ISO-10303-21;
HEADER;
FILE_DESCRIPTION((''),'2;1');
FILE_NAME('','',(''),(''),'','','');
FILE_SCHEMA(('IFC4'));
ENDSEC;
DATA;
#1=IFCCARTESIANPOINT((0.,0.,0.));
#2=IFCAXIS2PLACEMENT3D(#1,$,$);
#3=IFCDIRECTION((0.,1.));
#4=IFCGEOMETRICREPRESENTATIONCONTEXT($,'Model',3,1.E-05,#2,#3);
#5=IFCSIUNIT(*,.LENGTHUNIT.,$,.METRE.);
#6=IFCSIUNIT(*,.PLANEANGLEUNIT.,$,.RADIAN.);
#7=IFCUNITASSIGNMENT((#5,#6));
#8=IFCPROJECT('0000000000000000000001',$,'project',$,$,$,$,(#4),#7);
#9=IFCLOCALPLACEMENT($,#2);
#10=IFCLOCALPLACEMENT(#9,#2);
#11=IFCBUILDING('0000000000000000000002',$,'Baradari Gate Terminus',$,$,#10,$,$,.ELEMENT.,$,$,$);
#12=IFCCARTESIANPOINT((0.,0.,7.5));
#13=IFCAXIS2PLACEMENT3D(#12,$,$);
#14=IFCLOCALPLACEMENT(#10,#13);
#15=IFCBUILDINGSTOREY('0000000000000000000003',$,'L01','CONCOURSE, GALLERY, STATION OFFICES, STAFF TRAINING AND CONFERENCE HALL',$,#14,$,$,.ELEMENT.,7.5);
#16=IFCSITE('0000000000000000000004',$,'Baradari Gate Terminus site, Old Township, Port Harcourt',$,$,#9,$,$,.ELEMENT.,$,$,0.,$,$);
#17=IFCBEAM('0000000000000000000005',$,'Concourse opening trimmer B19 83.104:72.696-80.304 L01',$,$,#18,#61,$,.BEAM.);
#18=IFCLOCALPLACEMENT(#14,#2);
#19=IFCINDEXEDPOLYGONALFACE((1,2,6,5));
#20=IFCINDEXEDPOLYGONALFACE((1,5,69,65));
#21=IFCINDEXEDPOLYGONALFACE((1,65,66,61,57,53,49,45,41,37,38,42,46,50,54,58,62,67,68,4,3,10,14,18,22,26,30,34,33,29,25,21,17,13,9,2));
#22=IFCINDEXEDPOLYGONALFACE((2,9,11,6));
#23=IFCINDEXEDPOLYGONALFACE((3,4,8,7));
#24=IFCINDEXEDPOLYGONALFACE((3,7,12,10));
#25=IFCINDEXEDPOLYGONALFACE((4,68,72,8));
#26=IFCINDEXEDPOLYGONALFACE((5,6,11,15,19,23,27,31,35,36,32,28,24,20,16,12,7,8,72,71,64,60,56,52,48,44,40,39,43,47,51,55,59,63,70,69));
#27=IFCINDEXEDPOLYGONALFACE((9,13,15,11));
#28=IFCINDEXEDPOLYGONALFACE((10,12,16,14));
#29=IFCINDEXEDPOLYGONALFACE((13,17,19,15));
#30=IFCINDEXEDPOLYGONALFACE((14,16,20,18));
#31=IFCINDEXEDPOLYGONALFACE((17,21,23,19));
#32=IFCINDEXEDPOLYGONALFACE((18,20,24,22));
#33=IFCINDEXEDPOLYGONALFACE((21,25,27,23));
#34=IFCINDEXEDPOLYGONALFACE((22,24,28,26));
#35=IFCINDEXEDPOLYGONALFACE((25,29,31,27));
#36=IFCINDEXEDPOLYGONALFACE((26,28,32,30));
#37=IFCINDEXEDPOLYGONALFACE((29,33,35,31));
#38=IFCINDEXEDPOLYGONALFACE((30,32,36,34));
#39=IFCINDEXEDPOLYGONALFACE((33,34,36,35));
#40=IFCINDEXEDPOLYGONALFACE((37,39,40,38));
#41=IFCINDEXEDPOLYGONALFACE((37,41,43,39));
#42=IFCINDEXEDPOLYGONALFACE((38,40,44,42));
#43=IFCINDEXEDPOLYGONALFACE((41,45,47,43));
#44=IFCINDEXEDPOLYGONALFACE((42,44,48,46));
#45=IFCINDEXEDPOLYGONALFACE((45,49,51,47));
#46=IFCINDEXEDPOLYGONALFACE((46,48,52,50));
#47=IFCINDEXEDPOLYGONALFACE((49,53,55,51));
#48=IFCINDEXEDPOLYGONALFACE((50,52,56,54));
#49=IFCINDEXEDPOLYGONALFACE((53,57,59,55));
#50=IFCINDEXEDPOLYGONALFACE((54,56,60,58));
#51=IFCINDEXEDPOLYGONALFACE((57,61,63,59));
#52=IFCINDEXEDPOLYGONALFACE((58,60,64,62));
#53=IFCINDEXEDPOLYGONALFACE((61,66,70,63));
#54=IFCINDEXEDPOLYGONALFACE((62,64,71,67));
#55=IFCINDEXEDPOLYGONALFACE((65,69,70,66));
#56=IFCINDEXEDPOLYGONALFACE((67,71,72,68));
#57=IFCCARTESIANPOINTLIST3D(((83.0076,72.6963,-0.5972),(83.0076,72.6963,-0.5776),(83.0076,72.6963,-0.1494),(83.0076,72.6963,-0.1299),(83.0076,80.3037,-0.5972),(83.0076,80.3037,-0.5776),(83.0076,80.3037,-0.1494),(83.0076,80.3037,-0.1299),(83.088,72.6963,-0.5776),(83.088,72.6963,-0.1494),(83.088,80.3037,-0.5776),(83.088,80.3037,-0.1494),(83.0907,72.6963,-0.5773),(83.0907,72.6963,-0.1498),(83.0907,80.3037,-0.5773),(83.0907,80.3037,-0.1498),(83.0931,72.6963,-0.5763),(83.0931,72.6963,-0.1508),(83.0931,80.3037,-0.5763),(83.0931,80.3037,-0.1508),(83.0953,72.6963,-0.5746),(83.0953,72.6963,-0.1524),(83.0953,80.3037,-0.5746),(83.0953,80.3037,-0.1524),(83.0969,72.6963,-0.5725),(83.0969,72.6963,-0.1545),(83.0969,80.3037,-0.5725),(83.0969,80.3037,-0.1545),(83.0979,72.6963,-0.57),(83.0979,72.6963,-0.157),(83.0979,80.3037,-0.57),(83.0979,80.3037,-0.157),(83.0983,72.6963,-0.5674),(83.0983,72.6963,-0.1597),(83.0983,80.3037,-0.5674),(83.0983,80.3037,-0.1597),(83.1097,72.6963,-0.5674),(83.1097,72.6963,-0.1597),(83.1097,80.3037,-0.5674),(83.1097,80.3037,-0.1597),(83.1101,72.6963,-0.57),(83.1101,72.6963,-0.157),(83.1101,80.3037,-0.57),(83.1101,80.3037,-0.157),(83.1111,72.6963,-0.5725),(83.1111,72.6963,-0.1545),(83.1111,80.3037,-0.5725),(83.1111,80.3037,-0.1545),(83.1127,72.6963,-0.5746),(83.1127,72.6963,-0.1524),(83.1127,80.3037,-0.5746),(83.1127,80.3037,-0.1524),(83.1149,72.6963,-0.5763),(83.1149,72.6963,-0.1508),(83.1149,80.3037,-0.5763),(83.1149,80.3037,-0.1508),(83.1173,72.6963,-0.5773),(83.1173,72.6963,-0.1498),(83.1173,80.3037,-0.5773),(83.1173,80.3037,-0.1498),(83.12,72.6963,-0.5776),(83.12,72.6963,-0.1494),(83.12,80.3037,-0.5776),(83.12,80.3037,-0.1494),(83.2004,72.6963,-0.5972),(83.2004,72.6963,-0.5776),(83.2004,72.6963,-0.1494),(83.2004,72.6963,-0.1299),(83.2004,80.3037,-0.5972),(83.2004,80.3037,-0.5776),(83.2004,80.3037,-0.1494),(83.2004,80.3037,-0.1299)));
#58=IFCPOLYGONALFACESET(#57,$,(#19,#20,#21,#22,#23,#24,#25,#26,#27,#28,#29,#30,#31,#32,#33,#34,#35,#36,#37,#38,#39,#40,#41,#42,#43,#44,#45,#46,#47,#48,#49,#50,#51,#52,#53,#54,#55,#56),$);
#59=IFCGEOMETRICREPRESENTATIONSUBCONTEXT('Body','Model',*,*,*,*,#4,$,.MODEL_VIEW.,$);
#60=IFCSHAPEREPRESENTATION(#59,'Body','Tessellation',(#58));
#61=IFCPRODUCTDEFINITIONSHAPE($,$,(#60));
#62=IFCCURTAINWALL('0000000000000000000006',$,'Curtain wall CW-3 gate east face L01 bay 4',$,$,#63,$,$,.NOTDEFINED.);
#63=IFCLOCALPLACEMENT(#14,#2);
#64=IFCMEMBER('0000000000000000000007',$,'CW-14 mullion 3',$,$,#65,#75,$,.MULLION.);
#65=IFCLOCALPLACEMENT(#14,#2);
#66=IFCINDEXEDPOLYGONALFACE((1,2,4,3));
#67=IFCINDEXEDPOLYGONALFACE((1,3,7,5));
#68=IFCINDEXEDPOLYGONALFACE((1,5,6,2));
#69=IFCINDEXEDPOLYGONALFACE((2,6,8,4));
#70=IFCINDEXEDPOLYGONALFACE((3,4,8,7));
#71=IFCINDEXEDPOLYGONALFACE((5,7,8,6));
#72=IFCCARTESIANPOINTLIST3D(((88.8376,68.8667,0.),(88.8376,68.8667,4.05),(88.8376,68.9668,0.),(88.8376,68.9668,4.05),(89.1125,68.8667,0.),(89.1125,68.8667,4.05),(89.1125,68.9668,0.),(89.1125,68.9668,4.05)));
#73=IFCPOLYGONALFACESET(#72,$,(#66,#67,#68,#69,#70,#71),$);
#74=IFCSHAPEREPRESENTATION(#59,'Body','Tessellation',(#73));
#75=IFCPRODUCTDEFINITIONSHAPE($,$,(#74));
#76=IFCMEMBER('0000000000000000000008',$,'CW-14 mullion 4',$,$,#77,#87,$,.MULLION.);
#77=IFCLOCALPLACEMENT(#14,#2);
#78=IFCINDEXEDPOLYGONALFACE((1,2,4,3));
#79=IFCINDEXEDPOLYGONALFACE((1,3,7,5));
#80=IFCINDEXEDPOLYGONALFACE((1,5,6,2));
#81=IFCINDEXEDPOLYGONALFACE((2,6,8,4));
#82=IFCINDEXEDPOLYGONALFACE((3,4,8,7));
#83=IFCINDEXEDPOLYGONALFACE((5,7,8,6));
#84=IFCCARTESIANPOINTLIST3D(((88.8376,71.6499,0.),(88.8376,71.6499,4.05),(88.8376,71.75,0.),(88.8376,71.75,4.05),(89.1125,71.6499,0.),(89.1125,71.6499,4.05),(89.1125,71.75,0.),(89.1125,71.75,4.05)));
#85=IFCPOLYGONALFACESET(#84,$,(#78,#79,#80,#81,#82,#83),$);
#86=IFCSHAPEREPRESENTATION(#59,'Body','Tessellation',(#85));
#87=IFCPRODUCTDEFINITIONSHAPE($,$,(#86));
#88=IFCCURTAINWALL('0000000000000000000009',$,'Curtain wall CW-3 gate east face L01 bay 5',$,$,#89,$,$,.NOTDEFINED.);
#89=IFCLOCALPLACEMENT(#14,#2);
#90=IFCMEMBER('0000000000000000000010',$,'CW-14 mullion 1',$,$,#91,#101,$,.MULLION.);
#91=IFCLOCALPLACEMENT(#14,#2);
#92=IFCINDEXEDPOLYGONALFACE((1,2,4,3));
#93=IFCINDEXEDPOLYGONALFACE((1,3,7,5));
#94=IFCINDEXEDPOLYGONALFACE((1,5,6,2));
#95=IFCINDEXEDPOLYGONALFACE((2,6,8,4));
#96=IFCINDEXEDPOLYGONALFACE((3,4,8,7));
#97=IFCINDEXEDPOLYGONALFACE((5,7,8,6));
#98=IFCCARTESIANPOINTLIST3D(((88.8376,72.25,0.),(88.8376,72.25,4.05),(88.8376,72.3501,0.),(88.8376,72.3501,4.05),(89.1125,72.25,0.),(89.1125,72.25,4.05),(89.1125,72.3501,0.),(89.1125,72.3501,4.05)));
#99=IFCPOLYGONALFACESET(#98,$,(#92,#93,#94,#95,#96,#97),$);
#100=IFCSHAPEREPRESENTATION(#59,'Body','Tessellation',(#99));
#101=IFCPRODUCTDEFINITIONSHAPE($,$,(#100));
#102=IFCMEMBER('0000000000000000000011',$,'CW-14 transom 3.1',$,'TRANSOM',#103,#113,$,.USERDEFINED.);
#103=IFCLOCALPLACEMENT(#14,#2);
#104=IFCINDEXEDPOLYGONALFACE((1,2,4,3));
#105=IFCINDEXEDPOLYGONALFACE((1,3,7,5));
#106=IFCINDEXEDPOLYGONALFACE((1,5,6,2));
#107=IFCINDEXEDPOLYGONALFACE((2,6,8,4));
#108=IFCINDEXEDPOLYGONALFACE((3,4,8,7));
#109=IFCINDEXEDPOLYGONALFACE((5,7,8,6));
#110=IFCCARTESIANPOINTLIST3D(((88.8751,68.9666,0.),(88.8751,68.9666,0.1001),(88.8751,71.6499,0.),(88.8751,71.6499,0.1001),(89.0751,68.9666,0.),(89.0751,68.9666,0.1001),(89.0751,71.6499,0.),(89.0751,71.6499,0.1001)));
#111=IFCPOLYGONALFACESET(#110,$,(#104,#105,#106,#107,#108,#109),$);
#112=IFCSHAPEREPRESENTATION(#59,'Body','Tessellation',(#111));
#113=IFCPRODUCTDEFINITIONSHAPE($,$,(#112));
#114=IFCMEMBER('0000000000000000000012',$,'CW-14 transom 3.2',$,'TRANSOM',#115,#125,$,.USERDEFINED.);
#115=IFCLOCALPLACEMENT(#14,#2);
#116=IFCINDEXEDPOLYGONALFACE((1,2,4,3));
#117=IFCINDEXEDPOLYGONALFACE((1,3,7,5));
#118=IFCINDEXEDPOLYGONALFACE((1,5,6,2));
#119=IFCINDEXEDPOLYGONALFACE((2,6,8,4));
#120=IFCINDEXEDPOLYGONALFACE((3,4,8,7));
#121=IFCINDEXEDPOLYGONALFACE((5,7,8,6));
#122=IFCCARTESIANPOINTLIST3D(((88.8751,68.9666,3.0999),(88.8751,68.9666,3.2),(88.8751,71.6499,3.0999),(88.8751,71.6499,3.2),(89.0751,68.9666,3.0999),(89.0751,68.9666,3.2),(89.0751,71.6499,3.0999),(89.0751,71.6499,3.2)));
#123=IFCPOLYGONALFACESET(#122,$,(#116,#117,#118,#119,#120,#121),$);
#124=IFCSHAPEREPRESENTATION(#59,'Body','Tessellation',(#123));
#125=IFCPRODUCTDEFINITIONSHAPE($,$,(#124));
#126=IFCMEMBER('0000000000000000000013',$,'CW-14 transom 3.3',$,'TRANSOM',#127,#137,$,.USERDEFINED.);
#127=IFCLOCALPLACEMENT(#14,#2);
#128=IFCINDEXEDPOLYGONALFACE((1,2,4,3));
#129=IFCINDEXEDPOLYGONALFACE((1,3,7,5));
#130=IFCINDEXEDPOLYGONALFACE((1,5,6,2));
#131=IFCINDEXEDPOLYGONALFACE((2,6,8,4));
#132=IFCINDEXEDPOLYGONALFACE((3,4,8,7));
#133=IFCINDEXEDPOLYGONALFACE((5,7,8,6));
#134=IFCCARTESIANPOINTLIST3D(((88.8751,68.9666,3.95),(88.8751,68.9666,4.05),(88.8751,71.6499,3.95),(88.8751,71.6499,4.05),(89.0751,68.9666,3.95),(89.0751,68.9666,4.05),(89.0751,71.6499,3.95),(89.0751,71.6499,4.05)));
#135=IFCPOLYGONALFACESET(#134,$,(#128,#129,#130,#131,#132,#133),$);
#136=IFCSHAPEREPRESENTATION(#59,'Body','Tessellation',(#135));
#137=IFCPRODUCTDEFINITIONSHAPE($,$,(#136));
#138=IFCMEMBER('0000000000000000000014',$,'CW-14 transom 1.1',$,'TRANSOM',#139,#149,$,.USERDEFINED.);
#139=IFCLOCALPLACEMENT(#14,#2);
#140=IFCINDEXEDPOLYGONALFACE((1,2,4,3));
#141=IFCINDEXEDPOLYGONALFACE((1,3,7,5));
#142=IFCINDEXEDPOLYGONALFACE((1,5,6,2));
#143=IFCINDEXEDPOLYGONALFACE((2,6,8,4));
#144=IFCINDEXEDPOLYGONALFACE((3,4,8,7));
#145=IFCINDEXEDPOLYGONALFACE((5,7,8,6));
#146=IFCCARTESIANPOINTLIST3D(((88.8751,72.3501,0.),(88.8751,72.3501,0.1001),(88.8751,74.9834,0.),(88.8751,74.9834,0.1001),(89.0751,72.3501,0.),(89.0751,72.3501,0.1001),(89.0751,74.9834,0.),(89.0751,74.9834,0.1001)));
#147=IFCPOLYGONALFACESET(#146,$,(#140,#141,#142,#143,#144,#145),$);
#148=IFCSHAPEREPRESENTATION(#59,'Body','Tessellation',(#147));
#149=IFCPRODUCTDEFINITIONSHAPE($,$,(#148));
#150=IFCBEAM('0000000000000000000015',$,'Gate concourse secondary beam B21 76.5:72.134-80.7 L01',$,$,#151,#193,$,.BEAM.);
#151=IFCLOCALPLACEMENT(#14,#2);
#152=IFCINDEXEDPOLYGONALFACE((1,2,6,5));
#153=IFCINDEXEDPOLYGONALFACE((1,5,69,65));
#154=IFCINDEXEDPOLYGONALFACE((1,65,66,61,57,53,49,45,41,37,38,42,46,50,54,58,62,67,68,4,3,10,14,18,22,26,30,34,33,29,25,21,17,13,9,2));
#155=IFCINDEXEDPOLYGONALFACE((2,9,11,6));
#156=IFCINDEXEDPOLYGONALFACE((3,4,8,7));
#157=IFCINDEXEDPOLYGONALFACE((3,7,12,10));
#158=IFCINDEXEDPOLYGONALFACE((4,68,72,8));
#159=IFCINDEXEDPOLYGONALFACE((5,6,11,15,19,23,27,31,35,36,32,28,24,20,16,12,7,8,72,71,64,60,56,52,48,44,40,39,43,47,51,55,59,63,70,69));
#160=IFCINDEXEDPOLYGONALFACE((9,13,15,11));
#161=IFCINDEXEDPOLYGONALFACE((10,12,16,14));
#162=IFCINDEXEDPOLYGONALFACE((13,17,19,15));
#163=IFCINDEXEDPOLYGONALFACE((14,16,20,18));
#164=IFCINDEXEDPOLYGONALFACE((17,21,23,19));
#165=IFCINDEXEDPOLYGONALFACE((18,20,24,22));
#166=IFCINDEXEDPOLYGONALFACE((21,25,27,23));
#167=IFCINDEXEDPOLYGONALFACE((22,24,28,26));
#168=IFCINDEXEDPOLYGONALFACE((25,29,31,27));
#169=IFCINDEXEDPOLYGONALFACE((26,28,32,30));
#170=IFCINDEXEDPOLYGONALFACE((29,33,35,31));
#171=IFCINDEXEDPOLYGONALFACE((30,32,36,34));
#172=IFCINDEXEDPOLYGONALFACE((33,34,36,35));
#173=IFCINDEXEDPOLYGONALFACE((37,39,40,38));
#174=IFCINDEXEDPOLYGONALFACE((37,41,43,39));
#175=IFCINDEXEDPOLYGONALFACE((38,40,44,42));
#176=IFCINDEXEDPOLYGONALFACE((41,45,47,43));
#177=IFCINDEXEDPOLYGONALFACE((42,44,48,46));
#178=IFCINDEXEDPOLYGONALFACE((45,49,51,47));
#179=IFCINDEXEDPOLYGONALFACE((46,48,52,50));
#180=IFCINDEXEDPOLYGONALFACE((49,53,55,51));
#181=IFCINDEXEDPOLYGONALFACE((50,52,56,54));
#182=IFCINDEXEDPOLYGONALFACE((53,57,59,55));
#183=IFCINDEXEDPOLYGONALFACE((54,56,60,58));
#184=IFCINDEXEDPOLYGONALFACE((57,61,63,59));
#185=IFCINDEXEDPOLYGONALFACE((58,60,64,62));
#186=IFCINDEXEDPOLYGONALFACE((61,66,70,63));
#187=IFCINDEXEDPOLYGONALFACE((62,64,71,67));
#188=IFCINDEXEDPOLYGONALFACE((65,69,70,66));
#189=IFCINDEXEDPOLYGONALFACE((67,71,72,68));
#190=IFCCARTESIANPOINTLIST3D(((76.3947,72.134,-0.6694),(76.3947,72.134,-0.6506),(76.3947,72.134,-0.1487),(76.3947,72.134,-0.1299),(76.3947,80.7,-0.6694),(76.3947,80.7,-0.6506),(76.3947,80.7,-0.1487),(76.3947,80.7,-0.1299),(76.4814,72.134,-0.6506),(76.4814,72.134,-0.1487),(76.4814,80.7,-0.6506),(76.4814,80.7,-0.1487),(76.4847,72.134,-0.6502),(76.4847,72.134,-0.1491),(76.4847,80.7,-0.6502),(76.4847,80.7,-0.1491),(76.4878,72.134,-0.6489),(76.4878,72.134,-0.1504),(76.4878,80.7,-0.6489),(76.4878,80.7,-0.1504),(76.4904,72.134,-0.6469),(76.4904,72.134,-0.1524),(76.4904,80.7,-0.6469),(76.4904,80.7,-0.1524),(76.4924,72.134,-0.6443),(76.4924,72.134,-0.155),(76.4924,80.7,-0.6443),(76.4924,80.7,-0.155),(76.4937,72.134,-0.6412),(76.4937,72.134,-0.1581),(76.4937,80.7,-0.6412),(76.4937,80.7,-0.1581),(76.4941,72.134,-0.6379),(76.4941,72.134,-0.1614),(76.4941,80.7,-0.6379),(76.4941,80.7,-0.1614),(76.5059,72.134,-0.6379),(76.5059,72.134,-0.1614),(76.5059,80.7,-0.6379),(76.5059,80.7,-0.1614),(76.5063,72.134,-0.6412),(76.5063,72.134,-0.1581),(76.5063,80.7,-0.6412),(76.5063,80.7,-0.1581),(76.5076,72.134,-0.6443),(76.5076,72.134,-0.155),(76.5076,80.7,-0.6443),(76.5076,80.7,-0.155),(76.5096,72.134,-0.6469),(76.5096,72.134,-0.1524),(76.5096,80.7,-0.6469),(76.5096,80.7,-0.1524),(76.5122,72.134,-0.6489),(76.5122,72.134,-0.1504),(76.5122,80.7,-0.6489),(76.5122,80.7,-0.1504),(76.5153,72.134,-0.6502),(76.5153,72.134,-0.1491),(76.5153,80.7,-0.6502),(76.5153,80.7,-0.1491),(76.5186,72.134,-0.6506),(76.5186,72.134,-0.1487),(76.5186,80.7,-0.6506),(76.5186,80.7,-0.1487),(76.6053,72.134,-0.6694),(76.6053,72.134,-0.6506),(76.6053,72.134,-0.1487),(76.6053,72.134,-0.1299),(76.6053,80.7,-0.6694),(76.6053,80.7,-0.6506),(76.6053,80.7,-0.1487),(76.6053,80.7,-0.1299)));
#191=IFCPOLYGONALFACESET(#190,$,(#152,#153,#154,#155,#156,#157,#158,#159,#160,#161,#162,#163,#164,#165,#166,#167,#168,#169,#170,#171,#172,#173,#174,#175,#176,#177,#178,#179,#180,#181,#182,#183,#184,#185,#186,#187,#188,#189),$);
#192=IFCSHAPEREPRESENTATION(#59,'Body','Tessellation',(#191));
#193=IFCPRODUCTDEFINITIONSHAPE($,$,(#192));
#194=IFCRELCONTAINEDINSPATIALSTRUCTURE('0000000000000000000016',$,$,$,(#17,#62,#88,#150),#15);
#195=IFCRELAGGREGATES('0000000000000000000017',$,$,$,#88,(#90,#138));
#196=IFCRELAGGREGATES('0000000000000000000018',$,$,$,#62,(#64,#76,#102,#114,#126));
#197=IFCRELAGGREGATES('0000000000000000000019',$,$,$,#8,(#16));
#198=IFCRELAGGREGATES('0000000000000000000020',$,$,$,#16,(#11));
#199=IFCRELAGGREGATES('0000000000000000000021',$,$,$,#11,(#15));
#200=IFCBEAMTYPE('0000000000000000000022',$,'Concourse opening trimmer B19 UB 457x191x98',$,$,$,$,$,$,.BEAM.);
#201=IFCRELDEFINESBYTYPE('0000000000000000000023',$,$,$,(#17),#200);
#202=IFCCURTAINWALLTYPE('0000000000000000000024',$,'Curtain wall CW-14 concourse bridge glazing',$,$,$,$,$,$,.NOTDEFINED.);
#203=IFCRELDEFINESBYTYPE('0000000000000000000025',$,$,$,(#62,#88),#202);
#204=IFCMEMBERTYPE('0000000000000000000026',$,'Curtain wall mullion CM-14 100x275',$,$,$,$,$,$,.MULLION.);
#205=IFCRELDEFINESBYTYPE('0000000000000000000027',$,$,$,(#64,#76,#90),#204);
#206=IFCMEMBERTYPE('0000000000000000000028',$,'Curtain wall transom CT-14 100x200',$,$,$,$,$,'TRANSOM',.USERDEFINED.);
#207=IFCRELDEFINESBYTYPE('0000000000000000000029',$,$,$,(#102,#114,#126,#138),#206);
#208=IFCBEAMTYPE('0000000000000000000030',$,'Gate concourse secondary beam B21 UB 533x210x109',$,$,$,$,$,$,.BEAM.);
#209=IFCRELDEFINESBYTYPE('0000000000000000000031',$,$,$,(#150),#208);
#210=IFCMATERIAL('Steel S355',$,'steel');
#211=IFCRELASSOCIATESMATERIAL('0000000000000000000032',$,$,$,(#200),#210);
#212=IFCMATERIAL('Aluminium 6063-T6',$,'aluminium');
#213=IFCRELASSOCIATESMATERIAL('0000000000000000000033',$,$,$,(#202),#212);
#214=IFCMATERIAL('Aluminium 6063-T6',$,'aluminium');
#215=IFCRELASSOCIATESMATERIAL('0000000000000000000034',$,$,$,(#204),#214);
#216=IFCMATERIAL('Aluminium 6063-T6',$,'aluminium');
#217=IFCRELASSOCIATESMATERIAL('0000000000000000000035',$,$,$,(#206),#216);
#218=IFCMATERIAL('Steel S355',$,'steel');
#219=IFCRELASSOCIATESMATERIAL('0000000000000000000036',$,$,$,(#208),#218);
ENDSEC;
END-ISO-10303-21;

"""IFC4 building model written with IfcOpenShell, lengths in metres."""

from ifc_helpers import new_model, si_unit, direction, frame, origin, origin_2d, place, context, subcontext, project, spatial, rectangle, i_section, extrude, material, material_profile, profile_set, type_object, element, aggregate, save


model = new_model("IFC4")

# Units and contexts
model_context = context("Model", 3, precision=1e-05, world=origin(), true_north=direction((0.0, 1.0)))
body_context = subcontext(model_context, "Body", "Model", "MODEL_VIEW")
ifc_project = project(units=[si_unit("LENGTHUNIT", "METRE"), si_unit("PLANEANGLEUNIT", "RADIAN")], contexts=[model_context])

# Site, building, storey
site_placement = place(None, origin())
site = spatial("IfcSite", under=ifc_project, at=site_placement, Name="Baradari Gate Terminus site, Old Township, Port Harcourt", CompositionType="ELEMENT", RefElevation=0.0)
building_placement = place(site_placement, origin())
building = spatial("IfcBuilding", under=site, at=building_placement, Name="Baradari Gate Terminus", CompositionType="ELEMENT")
storey_placement = place(building_placement, frame((0.0, 0.0, 7.5)))
storey = spatial("IfcBuildingStorey", under=building, at=storey_placement, Name="L01", Description="CONCOURSE, GALLERY, STATION OFFICES, STAFF TRAINING AND CONFERENCE HALL", CompositionType="ELEMENT", Elevation=7.5)

# Beam
ifc_material_1 = material(Name="Steel S355", Category="steel")
ifc_material_profile_1 = material_profile(ifc_material_1, i_section(OverallWidth=0.1929, OverallDepth=0.4673, WebThickness=0.0115, FlangeThickness=0.0195, FilletRadius=0.0103, at=origin_2d()), Name="UB 457x191x98")
ifc_profile_set_1 = profile_set([ifc_material_profile_1], Name="Steel S355")
beam_type_1 = type_object("IfcBeamType", Name="Concourse opening trimmer B19 UB 457x191x98", PredefinedType="BEAM", material=ifc_profile_set_1)
beam_1_placement = place(storey_placement, frame((83.104, 72.6963, -0.3635), z_axis=(0.0, 1.0, 0.0), x_axis=(-1.0, 0.0, 0.0)))
element("IfcBeam", 1, at=beam_1_placement, inside=storey, type_object=beam_type_1, Name="Concourse opening trimmer B19 83.104:72.696-80.304 L01", PredefinedType="BEAM", context=body_context, shape_type="SweptSolid", body=[
    extrude(i_section(OverallWidth=0.1929, OverallDepth=0.4673, WebThickness=0.0115, FlangeThickness=0.0195, FilletRadius=0.0103, at=origin_2d()), origin(), (0.0, 0.0, 1.0), 7.6074),
])

# Curtain wall, members
ifc_material_2 = material(Name="Aluminium 6063-T6", Category="aluminium")
curtain_wall_type = type_object("IfcCurtainWallType", Name="Curtain wall CW-14 concourse bridge glazing", PredefinedType="NOTDEFINED", material=ifc_material_2)
curtain_wall_1_placement = place(storey_placement, origin())
curtain_wall_1 = element("IfcCurtainWall", 2, at=curtain_wall_1_placement, inside=storey, type_object=curtain_wall_type, Name="Curtain wall CW-3 gate east face L01 bay 4", PredefinedType="NOTDEFINED")
ifc_material_3 = material(Name="Aluminium 6063-T6", Category="aluminium")
ifc_material_profile_2 = material_profile(ifc_material_3, rectangle(XDim=0.2749, YDim=0.1001, at=origin_2d()), Name="CM-14 100X275")
ifc_profile_set_2 = profile_set([ifc_material_profile_2], Name="Aluminium 6063-T6")
member_type_1 = type_object("IfcMemberType", Name="Curtain wall mullion CM-14 100x275", PredefinedType="MULLION", material=ifc_profile_set_2)
member_1_placement = place(storey_placement, frame((88.9751, 68.9167, 0.0), z_axis=(0.0, 0.0, 1.0), x_axis=(-1.0, 0.0, 0.0)))
member_1 = element("IfcMember", 3, at=member_1_placement, type_object=member_type_1, Name="CW-14 mullion 3", PredefinedType="MULLION", context=body_context, shape_type="SweptSolid", body=[
    extrude(rectangle(XDim=0.2749, YDim=0.1001, at=origin_2d()), origin(), (0.0, 0.0, 1.0), 4.05),
])
member_2_placement = place(storey_placement, frame((88.9751, 71.7, 0.0), z_axis=(0.0, 0.0, 1.0), x_axis=(-1.0, 0.0, 0.0)))
member_2 = element("IfcMember", 4, at=member_2_placement, type_object=member_type_1, Name="CW-14 mullion 4", PredefinedType="MULLION", context=body_context, shape_type="SweptSolid", body=[
    extrude(rectangle(XDim=0.2749, YDim=0.1001, at=origin_2d()), origin(), (0.0, 0.0, 1.0), 4.05),
])

# Curtain wall, member
curtain_wall_2_placement = place(storey_placement, origin())
curtain_wall_2 = element("IfcCurtainWall", 5, at=curtain_wall_2_placement, inside=storey, type_object=curtain_wall_type, Name="Curtain wall CW-3 gate east face L01 bay 5", PredefinedType="NOTDEFINED")
member_3_placement = place(storey_placement, frame((88.9751, 72.3, 0.0), z_axis=(0.0, 0.0, 1.0), x_axis=(-1.0, 0.0, 0.0)))
member_3 = element("IfcMember", 6, at=member_3_placement, type_object=member_type_1, Name="CW-14 mullion 1", PredefinedType="MULLION", context=body_context, shape_type="SweptSolid", body=[
    extrude(rectangle(XDim=0.2749, YDim=0.1001, at=origin_2d()), origin(), (0.0, 0.0, 1.0), 4.05),
])

# Members
ifc_material_4 = material(Name="Aluminium 6063-T6", Category="aluminium")
ifc_material_profile_3 = material_profile(ifc_material_4, rectangle(XDim=0.2, YDim=0.1001, at=origin_2d()), Name="CT-14 100X200")
ifc_profile_set_3 = profile_set([ifc_material_profile_3], Name="Aluminium 6063-T6")
member_type_2 = type_object("IfcMemberType", Name="Curtain wall transom CT-14 100x200", ElementType="TRANSOM", PredefinedType="USERDEFINED", material=ifc_profile_set_3)
member_4_placement = place(storey_placement, frame((88.9751, 68.9666, 0.05), z_axis=(0.0, 1.0, 0.0), x_axis=(-1.0, 0.0, 0.0)))
member_4 = element("IfcMember", 7, at=member_4_placement, type_object=member_type_2, Name="CW-14 transom 3.1", ObjectType="TRANSOM", PredefinedType="USERDEFINED", context=body_context, shape_type="SweptSolid", body=[
    extrude(rectangle(XDim=0.2, YDim=0.1001, at=origin_2d()), origin(), (0.0, 0.0, 1.0), 2.6833),
])
member_5_placement = place(storey_placement, frame((88.9751, 68.9666, 3.1499), z_axis=(0.0, 1.0, 0.0), x_axis=(-1.0, 0.0, 0.0)))
member_5 = element("IfcMember", 8, at=member_5_placement, type_object=member_type_2, Name="CW-14 transom 3.2", ObjectType="TRANSOM", PredefinedType="USERDEFINED", context=body_context, shape_type="SweptSolid", body=[
    extrude(rectangle(XDim=0.2, YDim=0.1001, at=origin_2d()), origin(), (0.0, 0.0, 1.0), 2.6833),
])
member_6_placement = place(storey_placement, frame((88.9751, 68.9666, 4.0), z_axis=(0.0, 1.0, 0.0), x_axis=(-1.0, 0.0, 0.0)))
member_6 = element("IfcMember", 9, at=member_6_placement, type_object=member_type_2, Name="CW-14 transom 3.3", ObjectType="TRANSOM", PredefinedType="USERDEFINED", context=body_context, shape_type="SweptSolid", body=[
    extrude(rectangle(XDim=0.2, YDim=0.1001, at=origin_2d()), origin(), (0.0, 0.0, 1.0), 2.6833),
])
member_7_placement = place(storey_placement, frame((88.9751, 72.3501, 0.05), z_axis=(0.0, 1.0, 0.0), x_axis=(-1.0, 0.0, 0.0)))
member_7 = element("IfcMember", 10, at=member_7_placement, type_object=member_type_2, Name="CW-14 transom 1.1", ObjectType="TRANSOM", PredefinedType="USERDEFINED", context=body_context, shape_type="SweptSolid", body=[
    extrude(rectangle(XDim=0.2, YDim=0.1001, at=origin_2d()), origin(), (0.0, 0.0, 1.0), 2.6333),
])
aggregate(curtain_wall_2, [member_3, member_7])

# Beam
ifc_material_5 = material(Name="Steel S355", Category="steel")
ifc_material_profile_4 = material_profile(ifc_material_5, i_section(OverallWidth=0.2107, OverallDepth=0.5396, WebThickness=0.0117, FlangeThickness=0.0188, FilletRadius=0.0127, at=origin_2d()), Name="UB 533x210x109")
ifc_profile_set_4 = profile_set([ifc_material_profile_4], Name="Steel S355")
beam_type_2 = type_object("IfcBeamType", Name="Gate concourse secondary beam B21 UB 533x210x109", PredefinedType="BEAM", material=ifc_profile_set_4)
for number, where, z_axis, x_axis, name in (
    (11, (76.5, 72.134, -0.3997), (0.0, 1.0, 0.0), (-1.0, 0.0, 0.0), "Gate concourse secondary beam B21 76.5:72.134-80.7 L01"),
):
    element("IfcBeam", number, at=place(storey_placement, frame(where, z_axis=z_axis, x_axis=x_axis)), inside=storey, type_object=beam_type_2, Name=name, PredefinedType="BEAM", context=body_context, shape_type="SweptSolid", body=[
        extrude(i_section(OverallWidth=0.2107, OverallDepth=0.5396, WebThickness=0.0117, FlangeThickness=0.0188, FilletRadius=0.0127, at=origin_2d()), origin(), (0.0, 0.0, 1.0), 8.5659),
    ])

aggregate(curtain_wall_1, [member_1, member_2, member_4, member_5, member_6])

save(model, "model.ifc")
